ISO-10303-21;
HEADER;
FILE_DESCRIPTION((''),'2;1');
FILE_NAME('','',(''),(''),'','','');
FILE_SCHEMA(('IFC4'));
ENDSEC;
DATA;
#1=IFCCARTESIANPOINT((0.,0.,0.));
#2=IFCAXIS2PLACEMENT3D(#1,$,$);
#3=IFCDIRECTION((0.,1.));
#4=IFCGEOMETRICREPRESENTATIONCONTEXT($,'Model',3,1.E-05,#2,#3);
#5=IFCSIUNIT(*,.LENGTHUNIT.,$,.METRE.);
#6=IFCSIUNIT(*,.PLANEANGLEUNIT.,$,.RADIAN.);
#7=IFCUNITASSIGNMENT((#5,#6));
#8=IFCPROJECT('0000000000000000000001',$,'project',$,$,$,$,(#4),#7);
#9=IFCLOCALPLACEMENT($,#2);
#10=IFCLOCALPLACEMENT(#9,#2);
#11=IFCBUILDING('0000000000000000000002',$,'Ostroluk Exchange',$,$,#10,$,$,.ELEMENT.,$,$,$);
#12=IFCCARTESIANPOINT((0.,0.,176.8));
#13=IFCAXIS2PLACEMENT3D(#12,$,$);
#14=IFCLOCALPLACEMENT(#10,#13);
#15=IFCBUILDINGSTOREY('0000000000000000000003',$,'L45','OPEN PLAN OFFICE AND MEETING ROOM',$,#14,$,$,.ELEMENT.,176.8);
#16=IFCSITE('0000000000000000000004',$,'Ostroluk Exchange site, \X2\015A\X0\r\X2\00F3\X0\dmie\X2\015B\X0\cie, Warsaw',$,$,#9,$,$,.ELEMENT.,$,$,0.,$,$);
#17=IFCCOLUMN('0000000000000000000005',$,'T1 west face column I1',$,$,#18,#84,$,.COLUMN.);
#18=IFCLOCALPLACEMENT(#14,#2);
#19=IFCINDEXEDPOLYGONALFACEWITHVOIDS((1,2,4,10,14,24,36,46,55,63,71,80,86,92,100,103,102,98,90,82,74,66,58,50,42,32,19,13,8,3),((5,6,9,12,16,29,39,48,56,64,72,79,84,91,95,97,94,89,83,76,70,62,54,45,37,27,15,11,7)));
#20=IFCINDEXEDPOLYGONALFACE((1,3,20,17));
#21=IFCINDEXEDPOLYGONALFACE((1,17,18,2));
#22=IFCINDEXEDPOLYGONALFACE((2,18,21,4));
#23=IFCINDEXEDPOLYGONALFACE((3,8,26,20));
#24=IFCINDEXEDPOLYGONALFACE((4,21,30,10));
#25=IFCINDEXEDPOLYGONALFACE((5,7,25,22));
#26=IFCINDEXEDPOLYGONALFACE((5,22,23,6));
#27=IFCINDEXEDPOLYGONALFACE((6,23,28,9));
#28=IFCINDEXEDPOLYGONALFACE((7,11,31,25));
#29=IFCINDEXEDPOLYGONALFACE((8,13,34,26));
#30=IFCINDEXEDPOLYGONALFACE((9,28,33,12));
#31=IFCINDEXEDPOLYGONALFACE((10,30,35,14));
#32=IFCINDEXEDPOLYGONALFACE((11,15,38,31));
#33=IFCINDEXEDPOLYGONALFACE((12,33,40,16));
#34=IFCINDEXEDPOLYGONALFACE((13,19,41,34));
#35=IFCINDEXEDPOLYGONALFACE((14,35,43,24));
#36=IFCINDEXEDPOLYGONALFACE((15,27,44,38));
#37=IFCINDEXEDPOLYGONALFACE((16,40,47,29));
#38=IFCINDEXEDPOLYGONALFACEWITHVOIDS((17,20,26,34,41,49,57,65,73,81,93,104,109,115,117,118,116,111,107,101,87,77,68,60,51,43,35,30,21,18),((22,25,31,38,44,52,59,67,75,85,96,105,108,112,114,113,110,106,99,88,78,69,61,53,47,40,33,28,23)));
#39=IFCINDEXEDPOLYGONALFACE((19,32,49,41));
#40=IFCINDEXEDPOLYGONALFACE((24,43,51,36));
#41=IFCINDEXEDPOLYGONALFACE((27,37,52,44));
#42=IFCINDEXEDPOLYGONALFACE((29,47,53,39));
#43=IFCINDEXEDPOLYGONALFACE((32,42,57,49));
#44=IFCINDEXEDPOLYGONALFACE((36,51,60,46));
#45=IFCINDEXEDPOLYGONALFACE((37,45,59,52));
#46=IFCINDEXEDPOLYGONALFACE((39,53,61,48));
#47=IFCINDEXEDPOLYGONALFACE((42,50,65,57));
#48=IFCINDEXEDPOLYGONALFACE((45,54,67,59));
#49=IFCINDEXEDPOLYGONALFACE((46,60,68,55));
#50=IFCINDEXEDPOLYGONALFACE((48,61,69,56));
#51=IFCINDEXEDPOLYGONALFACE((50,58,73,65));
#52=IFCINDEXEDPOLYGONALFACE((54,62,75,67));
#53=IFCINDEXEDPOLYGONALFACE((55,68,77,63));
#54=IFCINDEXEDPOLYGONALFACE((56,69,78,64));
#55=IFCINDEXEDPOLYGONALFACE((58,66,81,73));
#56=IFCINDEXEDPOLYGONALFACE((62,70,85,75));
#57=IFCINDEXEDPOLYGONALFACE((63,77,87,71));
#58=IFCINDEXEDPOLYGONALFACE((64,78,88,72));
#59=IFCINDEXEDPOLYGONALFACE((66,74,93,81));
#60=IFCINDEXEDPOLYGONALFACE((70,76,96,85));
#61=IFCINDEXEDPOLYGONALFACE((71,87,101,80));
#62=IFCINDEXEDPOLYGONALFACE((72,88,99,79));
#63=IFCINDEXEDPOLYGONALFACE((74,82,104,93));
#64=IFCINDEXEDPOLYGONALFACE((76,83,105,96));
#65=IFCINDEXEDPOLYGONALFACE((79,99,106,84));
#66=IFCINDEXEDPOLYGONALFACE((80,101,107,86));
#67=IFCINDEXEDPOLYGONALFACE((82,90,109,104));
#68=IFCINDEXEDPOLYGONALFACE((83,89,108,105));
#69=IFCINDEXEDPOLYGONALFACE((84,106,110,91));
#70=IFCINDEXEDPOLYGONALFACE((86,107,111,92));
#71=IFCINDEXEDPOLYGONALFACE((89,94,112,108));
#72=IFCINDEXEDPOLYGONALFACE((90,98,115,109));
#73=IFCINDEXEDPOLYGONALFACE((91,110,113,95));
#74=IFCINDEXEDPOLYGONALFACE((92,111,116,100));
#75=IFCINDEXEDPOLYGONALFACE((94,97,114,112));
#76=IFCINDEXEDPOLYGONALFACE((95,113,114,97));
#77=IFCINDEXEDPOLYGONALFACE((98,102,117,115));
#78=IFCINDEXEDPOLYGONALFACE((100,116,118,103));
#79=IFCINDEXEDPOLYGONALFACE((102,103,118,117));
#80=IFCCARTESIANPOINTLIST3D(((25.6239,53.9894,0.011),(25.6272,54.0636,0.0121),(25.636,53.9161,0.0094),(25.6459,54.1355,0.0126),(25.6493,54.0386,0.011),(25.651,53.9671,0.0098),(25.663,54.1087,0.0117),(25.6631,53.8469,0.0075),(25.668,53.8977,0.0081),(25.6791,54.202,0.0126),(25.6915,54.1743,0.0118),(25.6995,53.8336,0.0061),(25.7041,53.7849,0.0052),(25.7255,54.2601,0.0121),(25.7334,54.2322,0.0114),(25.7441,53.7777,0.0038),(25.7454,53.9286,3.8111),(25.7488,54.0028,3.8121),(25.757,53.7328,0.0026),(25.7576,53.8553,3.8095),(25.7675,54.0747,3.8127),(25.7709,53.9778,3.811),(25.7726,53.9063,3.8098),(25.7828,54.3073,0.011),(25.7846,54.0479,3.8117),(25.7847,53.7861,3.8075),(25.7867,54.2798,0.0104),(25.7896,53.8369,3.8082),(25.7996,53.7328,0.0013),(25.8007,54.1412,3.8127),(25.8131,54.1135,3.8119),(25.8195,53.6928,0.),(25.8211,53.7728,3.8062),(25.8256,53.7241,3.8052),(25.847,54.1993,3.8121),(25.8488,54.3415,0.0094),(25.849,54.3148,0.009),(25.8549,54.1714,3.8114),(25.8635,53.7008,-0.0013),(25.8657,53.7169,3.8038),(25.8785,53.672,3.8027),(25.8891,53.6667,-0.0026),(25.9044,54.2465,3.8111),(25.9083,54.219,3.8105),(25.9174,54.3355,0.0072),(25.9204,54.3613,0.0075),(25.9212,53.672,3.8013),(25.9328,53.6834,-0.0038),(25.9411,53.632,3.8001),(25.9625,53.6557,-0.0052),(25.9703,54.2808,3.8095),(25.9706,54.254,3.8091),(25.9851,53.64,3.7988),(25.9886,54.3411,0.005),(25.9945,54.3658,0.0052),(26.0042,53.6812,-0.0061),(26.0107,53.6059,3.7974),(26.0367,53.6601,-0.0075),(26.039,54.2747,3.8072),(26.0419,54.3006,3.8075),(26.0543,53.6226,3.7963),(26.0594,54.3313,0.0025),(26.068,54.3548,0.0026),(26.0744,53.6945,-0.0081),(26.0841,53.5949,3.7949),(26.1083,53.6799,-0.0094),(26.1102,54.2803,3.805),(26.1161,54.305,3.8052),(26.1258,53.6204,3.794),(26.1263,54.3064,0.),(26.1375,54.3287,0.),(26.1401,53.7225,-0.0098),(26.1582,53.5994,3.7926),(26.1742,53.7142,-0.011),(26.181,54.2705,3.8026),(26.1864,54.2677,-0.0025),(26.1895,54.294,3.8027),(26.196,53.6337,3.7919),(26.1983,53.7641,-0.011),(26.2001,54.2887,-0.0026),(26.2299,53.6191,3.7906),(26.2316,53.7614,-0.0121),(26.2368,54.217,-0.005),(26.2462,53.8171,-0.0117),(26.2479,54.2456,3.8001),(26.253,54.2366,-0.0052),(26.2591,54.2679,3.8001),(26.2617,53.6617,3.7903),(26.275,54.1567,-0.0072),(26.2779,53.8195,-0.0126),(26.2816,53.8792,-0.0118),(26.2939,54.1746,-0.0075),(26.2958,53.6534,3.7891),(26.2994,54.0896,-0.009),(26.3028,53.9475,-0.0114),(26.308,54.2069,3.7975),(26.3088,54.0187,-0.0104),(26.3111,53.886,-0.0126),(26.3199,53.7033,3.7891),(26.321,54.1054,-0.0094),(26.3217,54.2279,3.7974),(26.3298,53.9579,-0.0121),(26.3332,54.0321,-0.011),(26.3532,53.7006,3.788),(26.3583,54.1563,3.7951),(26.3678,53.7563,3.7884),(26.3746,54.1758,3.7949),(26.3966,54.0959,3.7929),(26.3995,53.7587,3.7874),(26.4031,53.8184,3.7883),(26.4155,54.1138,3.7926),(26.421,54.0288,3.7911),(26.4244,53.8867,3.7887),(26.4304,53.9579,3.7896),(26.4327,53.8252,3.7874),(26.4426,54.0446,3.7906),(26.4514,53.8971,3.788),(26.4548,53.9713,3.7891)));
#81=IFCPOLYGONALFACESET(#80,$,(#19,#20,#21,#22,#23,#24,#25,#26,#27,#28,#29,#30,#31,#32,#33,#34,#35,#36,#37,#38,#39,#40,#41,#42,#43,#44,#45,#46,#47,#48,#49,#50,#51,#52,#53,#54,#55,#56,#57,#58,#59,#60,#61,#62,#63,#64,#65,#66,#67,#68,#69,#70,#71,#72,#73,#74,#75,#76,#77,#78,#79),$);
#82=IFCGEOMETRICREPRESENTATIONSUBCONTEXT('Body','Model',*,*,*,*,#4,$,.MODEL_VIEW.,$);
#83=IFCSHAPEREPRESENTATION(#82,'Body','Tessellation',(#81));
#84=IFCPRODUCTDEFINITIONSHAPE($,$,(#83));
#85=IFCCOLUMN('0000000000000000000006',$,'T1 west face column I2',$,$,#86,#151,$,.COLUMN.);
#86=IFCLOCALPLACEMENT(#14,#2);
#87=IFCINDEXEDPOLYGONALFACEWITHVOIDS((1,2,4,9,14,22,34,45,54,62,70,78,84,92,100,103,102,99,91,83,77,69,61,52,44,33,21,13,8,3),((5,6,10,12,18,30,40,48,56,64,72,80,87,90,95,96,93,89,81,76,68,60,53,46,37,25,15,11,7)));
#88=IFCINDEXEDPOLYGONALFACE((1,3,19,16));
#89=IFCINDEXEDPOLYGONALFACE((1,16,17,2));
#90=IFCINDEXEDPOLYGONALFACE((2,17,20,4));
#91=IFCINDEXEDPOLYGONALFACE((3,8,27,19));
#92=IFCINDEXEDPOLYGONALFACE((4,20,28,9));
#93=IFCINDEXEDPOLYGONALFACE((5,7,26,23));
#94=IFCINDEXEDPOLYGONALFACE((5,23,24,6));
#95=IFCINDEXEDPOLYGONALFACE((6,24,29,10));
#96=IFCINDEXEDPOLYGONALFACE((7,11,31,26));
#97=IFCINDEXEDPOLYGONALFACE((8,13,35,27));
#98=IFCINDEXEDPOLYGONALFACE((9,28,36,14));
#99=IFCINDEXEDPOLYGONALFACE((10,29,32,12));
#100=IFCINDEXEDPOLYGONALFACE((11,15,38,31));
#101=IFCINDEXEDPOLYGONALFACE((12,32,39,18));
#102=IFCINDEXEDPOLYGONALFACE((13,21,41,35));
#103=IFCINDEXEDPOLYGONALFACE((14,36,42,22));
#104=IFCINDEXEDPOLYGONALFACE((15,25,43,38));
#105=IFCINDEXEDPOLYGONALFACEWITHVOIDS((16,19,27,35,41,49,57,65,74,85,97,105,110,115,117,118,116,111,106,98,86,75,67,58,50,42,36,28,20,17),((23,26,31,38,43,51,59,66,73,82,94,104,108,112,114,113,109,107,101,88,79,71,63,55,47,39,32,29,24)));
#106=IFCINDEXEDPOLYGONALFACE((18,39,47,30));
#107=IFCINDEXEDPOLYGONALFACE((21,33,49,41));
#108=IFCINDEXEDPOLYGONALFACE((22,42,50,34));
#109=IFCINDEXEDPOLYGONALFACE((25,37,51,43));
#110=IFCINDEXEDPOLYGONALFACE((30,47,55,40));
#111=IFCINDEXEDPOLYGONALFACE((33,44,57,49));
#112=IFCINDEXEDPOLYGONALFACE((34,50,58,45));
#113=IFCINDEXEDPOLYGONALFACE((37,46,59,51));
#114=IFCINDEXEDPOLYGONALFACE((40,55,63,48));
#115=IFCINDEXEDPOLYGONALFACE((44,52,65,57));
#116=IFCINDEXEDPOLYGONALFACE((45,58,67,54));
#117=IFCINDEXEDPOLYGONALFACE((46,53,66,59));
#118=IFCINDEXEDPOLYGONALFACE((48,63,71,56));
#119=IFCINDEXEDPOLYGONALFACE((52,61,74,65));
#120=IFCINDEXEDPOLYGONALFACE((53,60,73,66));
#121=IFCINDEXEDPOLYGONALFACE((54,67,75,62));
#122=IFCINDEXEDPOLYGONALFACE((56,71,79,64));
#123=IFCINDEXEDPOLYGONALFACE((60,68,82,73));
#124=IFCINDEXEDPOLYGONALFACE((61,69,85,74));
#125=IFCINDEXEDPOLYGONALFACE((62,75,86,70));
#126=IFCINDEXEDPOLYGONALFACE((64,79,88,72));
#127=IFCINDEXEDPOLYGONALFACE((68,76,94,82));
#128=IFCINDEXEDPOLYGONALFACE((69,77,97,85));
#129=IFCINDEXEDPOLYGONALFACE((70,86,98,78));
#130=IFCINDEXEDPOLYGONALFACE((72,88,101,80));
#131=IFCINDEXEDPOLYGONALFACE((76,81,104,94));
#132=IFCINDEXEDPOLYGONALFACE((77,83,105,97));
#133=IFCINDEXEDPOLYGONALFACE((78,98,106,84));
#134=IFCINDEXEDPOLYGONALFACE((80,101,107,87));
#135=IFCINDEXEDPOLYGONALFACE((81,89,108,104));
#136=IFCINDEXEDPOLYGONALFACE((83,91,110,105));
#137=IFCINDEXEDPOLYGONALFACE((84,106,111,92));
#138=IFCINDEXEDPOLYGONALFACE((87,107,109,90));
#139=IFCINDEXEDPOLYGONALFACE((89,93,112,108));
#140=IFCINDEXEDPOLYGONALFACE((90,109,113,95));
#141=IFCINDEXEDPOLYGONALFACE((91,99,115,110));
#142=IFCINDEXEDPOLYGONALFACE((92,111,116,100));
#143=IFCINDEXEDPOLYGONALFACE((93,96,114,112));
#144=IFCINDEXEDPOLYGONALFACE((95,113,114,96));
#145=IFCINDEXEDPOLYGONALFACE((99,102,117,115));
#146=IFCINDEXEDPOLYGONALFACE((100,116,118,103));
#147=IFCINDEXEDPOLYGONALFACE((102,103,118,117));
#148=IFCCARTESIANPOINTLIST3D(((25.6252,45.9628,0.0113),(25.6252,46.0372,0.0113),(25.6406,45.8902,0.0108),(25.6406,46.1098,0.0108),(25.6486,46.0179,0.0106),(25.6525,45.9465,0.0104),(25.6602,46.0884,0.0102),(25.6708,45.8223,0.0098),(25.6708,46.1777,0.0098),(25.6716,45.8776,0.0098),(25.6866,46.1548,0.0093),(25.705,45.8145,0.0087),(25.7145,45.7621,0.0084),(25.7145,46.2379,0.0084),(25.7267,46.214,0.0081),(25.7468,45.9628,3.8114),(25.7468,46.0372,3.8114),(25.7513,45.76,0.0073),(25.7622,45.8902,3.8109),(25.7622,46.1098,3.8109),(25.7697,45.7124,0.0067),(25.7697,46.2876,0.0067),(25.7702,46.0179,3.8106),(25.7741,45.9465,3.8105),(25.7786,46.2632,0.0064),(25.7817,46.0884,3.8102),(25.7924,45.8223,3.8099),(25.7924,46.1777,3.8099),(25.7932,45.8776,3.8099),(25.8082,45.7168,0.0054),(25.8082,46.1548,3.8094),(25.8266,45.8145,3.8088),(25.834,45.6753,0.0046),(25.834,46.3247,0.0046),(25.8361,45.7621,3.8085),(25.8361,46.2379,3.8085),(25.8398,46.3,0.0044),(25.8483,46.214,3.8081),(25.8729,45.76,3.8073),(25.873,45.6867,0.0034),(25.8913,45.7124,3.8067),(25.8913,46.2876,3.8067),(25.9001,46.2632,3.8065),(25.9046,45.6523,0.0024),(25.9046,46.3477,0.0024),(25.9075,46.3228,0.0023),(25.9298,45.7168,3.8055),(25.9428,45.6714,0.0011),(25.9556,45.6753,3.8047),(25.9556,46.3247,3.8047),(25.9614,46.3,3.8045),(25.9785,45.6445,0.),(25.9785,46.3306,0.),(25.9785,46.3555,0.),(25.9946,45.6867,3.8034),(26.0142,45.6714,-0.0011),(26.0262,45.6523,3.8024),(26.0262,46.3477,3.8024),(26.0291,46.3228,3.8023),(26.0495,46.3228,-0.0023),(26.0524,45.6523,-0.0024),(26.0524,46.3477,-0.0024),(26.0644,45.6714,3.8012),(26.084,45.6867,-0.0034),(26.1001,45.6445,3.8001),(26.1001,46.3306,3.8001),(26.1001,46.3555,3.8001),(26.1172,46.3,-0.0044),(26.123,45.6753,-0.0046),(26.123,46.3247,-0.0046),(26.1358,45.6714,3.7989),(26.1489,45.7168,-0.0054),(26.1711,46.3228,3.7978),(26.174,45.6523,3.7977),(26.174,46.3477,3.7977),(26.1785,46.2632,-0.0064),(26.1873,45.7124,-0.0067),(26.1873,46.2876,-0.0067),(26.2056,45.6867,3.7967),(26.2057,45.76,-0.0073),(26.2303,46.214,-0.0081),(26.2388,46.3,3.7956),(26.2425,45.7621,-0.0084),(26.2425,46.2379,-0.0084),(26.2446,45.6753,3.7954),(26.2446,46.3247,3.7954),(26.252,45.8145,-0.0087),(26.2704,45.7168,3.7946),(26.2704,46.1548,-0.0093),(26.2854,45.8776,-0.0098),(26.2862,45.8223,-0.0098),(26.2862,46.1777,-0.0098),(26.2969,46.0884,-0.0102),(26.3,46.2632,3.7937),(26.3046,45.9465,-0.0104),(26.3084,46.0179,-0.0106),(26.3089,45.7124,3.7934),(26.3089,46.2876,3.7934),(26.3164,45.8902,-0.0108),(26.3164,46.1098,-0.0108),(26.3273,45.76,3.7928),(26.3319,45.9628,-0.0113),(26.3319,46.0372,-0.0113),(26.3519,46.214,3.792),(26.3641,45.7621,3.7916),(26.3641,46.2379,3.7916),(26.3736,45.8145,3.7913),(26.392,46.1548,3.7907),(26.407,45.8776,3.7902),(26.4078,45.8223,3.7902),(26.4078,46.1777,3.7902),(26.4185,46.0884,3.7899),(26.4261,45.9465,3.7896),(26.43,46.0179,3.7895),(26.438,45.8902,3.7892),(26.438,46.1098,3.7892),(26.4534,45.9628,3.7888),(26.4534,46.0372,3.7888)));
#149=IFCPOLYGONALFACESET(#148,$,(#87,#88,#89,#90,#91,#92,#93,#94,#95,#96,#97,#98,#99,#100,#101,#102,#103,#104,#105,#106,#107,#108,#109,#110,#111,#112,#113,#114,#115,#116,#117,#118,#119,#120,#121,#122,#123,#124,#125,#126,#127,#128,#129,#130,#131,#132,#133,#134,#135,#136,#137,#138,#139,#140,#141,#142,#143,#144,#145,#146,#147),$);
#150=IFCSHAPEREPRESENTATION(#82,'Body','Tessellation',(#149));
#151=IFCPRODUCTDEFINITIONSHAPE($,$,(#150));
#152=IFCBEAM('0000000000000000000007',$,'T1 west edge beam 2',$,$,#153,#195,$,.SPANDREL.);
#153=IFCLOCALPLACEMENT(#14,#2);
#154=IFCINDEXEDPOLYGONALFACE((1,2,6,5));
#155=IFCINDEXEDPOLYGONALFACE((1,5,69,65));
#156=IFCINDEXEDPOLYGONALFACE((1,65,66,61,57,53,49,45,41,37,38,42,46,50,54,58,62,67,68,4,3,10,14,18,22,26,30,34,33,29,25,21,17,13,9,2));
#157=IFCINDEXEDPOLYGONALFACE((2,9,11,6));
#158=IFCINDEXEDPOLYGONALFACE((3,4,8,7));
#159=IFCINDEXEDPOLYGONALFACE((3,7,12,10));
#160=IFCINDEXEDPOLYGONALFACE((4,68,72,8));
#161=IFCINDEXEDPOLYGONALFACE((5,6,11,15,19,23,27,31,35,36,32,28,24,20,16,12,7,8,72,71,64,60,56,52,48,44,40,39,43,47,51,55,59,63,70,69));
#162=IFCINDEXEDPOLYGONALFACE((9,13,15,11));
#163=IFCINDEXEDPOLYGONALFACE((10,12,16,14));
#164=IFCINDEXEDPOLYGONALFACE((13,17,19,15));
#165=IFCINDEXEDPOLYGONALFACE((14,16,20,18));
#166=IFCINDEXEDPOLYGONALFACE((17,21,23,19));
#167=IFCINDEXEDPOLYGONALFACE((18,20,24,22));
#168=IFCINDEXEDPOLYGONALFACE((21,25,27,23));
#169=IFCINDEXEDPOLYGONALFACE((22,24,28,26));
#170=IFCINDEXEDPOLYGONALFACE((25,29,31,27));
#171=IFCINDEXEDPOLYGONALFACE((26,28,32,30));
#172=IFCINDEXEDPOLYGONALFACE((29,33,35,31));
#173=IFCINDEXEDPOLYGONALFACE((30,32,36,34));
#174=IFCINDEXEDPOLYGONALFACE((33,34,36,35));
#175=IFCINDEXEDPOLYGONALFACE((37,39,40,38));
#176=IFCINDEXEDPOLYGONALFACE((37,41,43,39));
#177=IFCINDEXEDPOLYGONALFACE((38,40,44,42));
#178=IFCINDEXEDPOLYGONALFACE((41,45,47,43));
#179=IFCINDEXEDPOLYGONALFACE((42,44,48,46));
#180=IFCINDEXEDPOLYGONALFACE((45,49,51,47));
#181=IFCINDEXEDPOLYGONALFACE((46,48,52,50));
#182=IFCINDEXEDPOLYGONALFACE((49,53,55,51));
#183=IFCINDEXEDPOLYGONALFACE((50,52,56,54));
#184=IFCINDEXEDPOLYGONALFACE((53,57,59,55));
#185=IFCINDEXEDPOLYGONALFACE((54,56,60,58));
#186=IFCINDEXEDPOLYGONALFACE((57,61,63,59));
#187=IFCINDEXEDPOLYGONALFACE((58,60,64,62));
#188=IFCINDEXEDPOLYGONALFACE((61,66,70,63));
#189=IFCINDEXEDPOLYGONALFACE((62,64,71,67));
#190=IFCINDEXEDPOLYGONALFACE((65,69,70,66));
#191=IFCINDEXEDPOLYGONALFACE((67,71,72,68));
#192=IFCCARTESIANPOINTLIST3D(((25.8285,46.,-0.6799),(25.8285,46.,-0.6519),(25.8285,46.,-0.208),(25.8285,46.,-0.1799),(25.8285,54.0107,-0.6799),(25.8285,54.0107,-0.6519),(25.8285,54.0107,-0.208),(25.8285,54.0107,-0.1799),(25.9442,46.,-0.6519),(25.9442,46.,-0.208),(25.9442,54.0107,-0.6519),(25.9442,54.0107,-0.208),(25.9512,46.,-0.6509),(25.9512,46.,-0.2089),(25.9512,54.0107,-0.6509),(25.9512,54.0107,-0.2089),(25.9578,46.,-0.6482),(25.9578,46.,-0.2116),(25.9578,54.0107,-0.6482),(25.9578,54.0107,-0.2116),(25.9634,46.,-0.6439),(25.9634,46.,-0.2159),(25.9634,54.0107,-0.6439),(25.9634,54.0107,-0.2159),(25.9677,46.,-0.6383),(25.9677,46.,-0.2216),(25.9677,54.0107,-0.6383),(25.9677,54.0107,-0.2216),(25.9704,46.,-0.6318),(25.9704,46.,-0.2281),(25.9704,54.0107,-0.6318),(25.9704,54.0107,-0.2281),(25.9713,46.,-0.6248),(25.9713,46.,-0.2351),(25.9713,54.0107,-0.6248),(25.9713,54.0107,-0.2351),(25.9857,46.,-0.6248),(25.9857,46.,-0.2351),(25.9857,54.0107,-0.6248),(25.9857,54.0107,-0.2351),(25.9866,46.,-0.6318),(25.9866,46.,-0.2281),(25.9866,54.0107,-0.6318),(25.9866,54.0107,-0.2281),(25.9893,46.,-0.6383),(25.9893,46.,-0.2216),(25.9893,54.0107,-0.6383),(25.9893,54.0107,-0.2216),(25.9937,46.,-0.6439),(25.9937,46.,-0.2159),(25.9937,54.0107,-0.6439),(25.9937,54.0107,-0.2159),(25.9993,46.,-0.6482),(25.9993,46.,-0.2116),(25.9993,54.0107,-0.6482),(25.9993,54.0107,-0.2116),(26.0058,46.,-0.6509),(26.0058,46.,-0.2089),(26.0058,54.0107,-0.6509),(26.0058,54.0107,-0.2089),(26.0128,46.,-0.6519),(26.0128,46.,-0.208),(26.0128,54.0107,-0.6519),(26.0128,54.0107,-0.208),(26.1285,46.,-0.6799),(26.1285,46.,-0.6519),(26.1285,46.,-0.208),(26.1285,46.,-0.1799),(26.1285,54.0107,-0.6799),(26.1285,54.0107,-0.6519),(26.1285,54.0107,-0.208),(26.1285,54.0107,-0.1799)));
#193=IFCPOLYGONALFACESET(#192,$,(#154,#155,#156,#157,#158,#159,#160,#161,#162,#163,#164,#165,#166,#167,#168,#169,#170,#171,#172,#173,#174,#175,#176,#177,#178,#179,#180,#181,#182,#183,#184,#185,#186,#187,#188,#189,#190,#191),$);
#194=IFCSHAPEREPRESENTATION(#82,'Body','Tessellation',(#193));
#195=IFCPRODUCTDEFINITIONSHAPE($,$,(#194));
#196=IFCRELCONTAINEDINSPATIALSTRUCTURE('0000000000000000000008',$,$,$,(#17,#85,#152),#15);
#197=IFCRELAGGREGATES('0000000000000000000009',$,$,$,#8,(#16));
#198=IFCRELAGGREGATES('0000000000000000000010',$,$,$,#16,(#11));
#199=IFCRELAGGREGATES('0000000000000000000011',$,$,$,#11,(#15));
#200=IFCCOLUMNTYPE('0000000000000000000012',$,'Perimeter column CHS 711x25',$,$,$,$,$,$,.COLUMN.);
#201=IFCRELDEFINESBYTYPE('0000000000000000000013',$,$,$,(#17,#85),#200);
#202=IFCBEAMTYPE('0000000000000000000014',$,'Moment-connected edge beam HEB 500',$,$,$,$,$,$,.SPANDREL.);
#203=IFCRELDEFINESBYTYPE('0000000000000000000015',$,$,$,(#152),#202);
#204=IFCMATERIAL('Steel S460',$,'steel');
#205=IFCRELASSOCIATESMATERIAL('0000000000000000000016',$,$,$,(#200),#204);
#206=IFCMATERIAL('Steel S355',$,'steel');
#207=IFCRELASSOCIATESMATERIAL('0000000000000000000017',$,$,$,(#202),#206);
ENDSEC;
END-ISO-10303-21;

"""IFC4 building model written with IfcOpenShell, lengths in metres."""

from ifc_helpers import new_model, si_unit, direction, frame, origin, origin_2d, place, context, subcontext, project, spatial, hollow_circle, i_section, extrude, material, material_profile, profile_set, type_object, element, save


model = new_model("IFC4")

# Units and contexts
model_context = context("Model", 3, precision=1e-05, world=origin(), true_north=direction((0.0, 1.0)))
body_context = subcontext(model_context, "Body", "Model", "MODEL_VIEW")
ifc_project = project(units=[si_unit("LENGTHUNIT", "METRE"), si_unit("PLANEANGLEUNIT", "RADIAN")], contexts=[model_context])

# Site, building, storey
site_placement = place(None, origin())
site = spatial("IfcSite", under=ifc_project, at=site_placement, Name="Ostroluk Exchange site, Śródmieście, Warsaw", CompositionType="ELEMENT", RefElevation=0.0)
building_placement = place(site_placement, origin())
building = spatial("IfcBuilding", under=site, at=building_placement, Name="Ostroluk Exchange", CompositionType="ELEMENT")
storey_placement = place(building_placement, frame((0.0, 0.0, 176.8)))
storey = spatial("IfcBuildingStorey", under=building, at=storey_placement, Name="L45", Description="OPEN PLAN OFFICE AND MEETING ROOM", CompositionType="ELEMENT", Elevation=176.8)

# Columns
ifc_material_1 = material(Name="Steel S460", Category="steel")
ifc_material_profile_1 = material_profile(ifc_material_1, hollow_circle(Radius=0.3555, WallThickness=0.0249, at=origin_2d()), Name="CHS 711x25")
ifc_profile_set_1 = profile_set([ifc_material_profile_1], Name="Steel S460")
column_type = type_object("IfcColumnType", Name="Perimeter column CHS 711x25", PredefinedType="COLUMN", material=ifc_profile_set_1)
column_1_placement = place(storey_placement, frame((25.9785, 54.0107, 0.0), z_axis=(0.031974, -0.015987, 0.999361), x_axis=(0.447214, 0.894427, 0.0)))
element("IfcColumn", 1, at=column_1_placement, inside=storey, type_object=column_type, Name="T1 west face column I1", PredefinedType="COLUMN", context=body_context, shape_type="SweptSolid", body=[
    extrude(hollow_circle(Radius=0.3555, WallThickness=0.0249, at=origin_2d()), origin(), (0.0, 0.0, 1.0), 3.8025),
])
column_2_placement = place(storey_placement, frame((25.9785, 46.0, 0.0), z_axis=(0.031978, 0.0, 0.999489), x_axis=(0.0, 1.0, 0.0)))
element("IfcColumn", 2, at=column_2_placement, inside=storey, type_object=column_type, Name="T1 west face column I2", PredefinedType="COLUMN", context=body_context, shape_type="SweptSolid", body=[
    extrude(hollow_circle(Radius=0.3555, WallThickness=0.0249, at=origin_2d()), origin(), (0.0, 0.0, 1.0), 3.802),
])

# Beam
ifc_material_2 = material(Name="Steel S355", Category="steel")
ifc_material_profile_2 = material_profile(ifc_material_2, i_section(OverallWidth=0.3, OverallDepth=0.5, WebThickness=0.0144, FlangeThickness=0.0281, FilletRadius=0.0271, at=origin_2d()), Name="HEB 500")
ifc_profile_set_2 = profile_set([ifc_material_profile_2], Name="Steel S355")
beam_type = type_object("IfcBeamType", Name="Moment-connected edge beam HEB 500", PredefinedType="SPANDREL", material=ifc_profile_set_2)
for number, where, z_axis, x_axis, name in (
    (3, (25.9785, 54.0107, -0.4299), (0.0, -1.0, 0.0), (1.0, 0.0, 0.0), "T1 west edge beam 2"),
):
    element("IfcBeam", number, at=place(storey_placement, frame(where, z_axis=z_axis, x_axis=x_axis)), inside=storey, type_object=beam_type, Name=name, PredefinedType="SPANDREL", context=body_context, shape_type="SweptSolid", body=[
        extrude(i_section(OverallWidth=0.3, OverallDepth=0.5, WebThickness=0.0144, FlangeThickness=0.0281, FilletRadius=0.0271, at=origin_2d()), origin(), (0.0, 0.0, 1.0), 8.0107),
    ])

save(model, "model.ifc")
